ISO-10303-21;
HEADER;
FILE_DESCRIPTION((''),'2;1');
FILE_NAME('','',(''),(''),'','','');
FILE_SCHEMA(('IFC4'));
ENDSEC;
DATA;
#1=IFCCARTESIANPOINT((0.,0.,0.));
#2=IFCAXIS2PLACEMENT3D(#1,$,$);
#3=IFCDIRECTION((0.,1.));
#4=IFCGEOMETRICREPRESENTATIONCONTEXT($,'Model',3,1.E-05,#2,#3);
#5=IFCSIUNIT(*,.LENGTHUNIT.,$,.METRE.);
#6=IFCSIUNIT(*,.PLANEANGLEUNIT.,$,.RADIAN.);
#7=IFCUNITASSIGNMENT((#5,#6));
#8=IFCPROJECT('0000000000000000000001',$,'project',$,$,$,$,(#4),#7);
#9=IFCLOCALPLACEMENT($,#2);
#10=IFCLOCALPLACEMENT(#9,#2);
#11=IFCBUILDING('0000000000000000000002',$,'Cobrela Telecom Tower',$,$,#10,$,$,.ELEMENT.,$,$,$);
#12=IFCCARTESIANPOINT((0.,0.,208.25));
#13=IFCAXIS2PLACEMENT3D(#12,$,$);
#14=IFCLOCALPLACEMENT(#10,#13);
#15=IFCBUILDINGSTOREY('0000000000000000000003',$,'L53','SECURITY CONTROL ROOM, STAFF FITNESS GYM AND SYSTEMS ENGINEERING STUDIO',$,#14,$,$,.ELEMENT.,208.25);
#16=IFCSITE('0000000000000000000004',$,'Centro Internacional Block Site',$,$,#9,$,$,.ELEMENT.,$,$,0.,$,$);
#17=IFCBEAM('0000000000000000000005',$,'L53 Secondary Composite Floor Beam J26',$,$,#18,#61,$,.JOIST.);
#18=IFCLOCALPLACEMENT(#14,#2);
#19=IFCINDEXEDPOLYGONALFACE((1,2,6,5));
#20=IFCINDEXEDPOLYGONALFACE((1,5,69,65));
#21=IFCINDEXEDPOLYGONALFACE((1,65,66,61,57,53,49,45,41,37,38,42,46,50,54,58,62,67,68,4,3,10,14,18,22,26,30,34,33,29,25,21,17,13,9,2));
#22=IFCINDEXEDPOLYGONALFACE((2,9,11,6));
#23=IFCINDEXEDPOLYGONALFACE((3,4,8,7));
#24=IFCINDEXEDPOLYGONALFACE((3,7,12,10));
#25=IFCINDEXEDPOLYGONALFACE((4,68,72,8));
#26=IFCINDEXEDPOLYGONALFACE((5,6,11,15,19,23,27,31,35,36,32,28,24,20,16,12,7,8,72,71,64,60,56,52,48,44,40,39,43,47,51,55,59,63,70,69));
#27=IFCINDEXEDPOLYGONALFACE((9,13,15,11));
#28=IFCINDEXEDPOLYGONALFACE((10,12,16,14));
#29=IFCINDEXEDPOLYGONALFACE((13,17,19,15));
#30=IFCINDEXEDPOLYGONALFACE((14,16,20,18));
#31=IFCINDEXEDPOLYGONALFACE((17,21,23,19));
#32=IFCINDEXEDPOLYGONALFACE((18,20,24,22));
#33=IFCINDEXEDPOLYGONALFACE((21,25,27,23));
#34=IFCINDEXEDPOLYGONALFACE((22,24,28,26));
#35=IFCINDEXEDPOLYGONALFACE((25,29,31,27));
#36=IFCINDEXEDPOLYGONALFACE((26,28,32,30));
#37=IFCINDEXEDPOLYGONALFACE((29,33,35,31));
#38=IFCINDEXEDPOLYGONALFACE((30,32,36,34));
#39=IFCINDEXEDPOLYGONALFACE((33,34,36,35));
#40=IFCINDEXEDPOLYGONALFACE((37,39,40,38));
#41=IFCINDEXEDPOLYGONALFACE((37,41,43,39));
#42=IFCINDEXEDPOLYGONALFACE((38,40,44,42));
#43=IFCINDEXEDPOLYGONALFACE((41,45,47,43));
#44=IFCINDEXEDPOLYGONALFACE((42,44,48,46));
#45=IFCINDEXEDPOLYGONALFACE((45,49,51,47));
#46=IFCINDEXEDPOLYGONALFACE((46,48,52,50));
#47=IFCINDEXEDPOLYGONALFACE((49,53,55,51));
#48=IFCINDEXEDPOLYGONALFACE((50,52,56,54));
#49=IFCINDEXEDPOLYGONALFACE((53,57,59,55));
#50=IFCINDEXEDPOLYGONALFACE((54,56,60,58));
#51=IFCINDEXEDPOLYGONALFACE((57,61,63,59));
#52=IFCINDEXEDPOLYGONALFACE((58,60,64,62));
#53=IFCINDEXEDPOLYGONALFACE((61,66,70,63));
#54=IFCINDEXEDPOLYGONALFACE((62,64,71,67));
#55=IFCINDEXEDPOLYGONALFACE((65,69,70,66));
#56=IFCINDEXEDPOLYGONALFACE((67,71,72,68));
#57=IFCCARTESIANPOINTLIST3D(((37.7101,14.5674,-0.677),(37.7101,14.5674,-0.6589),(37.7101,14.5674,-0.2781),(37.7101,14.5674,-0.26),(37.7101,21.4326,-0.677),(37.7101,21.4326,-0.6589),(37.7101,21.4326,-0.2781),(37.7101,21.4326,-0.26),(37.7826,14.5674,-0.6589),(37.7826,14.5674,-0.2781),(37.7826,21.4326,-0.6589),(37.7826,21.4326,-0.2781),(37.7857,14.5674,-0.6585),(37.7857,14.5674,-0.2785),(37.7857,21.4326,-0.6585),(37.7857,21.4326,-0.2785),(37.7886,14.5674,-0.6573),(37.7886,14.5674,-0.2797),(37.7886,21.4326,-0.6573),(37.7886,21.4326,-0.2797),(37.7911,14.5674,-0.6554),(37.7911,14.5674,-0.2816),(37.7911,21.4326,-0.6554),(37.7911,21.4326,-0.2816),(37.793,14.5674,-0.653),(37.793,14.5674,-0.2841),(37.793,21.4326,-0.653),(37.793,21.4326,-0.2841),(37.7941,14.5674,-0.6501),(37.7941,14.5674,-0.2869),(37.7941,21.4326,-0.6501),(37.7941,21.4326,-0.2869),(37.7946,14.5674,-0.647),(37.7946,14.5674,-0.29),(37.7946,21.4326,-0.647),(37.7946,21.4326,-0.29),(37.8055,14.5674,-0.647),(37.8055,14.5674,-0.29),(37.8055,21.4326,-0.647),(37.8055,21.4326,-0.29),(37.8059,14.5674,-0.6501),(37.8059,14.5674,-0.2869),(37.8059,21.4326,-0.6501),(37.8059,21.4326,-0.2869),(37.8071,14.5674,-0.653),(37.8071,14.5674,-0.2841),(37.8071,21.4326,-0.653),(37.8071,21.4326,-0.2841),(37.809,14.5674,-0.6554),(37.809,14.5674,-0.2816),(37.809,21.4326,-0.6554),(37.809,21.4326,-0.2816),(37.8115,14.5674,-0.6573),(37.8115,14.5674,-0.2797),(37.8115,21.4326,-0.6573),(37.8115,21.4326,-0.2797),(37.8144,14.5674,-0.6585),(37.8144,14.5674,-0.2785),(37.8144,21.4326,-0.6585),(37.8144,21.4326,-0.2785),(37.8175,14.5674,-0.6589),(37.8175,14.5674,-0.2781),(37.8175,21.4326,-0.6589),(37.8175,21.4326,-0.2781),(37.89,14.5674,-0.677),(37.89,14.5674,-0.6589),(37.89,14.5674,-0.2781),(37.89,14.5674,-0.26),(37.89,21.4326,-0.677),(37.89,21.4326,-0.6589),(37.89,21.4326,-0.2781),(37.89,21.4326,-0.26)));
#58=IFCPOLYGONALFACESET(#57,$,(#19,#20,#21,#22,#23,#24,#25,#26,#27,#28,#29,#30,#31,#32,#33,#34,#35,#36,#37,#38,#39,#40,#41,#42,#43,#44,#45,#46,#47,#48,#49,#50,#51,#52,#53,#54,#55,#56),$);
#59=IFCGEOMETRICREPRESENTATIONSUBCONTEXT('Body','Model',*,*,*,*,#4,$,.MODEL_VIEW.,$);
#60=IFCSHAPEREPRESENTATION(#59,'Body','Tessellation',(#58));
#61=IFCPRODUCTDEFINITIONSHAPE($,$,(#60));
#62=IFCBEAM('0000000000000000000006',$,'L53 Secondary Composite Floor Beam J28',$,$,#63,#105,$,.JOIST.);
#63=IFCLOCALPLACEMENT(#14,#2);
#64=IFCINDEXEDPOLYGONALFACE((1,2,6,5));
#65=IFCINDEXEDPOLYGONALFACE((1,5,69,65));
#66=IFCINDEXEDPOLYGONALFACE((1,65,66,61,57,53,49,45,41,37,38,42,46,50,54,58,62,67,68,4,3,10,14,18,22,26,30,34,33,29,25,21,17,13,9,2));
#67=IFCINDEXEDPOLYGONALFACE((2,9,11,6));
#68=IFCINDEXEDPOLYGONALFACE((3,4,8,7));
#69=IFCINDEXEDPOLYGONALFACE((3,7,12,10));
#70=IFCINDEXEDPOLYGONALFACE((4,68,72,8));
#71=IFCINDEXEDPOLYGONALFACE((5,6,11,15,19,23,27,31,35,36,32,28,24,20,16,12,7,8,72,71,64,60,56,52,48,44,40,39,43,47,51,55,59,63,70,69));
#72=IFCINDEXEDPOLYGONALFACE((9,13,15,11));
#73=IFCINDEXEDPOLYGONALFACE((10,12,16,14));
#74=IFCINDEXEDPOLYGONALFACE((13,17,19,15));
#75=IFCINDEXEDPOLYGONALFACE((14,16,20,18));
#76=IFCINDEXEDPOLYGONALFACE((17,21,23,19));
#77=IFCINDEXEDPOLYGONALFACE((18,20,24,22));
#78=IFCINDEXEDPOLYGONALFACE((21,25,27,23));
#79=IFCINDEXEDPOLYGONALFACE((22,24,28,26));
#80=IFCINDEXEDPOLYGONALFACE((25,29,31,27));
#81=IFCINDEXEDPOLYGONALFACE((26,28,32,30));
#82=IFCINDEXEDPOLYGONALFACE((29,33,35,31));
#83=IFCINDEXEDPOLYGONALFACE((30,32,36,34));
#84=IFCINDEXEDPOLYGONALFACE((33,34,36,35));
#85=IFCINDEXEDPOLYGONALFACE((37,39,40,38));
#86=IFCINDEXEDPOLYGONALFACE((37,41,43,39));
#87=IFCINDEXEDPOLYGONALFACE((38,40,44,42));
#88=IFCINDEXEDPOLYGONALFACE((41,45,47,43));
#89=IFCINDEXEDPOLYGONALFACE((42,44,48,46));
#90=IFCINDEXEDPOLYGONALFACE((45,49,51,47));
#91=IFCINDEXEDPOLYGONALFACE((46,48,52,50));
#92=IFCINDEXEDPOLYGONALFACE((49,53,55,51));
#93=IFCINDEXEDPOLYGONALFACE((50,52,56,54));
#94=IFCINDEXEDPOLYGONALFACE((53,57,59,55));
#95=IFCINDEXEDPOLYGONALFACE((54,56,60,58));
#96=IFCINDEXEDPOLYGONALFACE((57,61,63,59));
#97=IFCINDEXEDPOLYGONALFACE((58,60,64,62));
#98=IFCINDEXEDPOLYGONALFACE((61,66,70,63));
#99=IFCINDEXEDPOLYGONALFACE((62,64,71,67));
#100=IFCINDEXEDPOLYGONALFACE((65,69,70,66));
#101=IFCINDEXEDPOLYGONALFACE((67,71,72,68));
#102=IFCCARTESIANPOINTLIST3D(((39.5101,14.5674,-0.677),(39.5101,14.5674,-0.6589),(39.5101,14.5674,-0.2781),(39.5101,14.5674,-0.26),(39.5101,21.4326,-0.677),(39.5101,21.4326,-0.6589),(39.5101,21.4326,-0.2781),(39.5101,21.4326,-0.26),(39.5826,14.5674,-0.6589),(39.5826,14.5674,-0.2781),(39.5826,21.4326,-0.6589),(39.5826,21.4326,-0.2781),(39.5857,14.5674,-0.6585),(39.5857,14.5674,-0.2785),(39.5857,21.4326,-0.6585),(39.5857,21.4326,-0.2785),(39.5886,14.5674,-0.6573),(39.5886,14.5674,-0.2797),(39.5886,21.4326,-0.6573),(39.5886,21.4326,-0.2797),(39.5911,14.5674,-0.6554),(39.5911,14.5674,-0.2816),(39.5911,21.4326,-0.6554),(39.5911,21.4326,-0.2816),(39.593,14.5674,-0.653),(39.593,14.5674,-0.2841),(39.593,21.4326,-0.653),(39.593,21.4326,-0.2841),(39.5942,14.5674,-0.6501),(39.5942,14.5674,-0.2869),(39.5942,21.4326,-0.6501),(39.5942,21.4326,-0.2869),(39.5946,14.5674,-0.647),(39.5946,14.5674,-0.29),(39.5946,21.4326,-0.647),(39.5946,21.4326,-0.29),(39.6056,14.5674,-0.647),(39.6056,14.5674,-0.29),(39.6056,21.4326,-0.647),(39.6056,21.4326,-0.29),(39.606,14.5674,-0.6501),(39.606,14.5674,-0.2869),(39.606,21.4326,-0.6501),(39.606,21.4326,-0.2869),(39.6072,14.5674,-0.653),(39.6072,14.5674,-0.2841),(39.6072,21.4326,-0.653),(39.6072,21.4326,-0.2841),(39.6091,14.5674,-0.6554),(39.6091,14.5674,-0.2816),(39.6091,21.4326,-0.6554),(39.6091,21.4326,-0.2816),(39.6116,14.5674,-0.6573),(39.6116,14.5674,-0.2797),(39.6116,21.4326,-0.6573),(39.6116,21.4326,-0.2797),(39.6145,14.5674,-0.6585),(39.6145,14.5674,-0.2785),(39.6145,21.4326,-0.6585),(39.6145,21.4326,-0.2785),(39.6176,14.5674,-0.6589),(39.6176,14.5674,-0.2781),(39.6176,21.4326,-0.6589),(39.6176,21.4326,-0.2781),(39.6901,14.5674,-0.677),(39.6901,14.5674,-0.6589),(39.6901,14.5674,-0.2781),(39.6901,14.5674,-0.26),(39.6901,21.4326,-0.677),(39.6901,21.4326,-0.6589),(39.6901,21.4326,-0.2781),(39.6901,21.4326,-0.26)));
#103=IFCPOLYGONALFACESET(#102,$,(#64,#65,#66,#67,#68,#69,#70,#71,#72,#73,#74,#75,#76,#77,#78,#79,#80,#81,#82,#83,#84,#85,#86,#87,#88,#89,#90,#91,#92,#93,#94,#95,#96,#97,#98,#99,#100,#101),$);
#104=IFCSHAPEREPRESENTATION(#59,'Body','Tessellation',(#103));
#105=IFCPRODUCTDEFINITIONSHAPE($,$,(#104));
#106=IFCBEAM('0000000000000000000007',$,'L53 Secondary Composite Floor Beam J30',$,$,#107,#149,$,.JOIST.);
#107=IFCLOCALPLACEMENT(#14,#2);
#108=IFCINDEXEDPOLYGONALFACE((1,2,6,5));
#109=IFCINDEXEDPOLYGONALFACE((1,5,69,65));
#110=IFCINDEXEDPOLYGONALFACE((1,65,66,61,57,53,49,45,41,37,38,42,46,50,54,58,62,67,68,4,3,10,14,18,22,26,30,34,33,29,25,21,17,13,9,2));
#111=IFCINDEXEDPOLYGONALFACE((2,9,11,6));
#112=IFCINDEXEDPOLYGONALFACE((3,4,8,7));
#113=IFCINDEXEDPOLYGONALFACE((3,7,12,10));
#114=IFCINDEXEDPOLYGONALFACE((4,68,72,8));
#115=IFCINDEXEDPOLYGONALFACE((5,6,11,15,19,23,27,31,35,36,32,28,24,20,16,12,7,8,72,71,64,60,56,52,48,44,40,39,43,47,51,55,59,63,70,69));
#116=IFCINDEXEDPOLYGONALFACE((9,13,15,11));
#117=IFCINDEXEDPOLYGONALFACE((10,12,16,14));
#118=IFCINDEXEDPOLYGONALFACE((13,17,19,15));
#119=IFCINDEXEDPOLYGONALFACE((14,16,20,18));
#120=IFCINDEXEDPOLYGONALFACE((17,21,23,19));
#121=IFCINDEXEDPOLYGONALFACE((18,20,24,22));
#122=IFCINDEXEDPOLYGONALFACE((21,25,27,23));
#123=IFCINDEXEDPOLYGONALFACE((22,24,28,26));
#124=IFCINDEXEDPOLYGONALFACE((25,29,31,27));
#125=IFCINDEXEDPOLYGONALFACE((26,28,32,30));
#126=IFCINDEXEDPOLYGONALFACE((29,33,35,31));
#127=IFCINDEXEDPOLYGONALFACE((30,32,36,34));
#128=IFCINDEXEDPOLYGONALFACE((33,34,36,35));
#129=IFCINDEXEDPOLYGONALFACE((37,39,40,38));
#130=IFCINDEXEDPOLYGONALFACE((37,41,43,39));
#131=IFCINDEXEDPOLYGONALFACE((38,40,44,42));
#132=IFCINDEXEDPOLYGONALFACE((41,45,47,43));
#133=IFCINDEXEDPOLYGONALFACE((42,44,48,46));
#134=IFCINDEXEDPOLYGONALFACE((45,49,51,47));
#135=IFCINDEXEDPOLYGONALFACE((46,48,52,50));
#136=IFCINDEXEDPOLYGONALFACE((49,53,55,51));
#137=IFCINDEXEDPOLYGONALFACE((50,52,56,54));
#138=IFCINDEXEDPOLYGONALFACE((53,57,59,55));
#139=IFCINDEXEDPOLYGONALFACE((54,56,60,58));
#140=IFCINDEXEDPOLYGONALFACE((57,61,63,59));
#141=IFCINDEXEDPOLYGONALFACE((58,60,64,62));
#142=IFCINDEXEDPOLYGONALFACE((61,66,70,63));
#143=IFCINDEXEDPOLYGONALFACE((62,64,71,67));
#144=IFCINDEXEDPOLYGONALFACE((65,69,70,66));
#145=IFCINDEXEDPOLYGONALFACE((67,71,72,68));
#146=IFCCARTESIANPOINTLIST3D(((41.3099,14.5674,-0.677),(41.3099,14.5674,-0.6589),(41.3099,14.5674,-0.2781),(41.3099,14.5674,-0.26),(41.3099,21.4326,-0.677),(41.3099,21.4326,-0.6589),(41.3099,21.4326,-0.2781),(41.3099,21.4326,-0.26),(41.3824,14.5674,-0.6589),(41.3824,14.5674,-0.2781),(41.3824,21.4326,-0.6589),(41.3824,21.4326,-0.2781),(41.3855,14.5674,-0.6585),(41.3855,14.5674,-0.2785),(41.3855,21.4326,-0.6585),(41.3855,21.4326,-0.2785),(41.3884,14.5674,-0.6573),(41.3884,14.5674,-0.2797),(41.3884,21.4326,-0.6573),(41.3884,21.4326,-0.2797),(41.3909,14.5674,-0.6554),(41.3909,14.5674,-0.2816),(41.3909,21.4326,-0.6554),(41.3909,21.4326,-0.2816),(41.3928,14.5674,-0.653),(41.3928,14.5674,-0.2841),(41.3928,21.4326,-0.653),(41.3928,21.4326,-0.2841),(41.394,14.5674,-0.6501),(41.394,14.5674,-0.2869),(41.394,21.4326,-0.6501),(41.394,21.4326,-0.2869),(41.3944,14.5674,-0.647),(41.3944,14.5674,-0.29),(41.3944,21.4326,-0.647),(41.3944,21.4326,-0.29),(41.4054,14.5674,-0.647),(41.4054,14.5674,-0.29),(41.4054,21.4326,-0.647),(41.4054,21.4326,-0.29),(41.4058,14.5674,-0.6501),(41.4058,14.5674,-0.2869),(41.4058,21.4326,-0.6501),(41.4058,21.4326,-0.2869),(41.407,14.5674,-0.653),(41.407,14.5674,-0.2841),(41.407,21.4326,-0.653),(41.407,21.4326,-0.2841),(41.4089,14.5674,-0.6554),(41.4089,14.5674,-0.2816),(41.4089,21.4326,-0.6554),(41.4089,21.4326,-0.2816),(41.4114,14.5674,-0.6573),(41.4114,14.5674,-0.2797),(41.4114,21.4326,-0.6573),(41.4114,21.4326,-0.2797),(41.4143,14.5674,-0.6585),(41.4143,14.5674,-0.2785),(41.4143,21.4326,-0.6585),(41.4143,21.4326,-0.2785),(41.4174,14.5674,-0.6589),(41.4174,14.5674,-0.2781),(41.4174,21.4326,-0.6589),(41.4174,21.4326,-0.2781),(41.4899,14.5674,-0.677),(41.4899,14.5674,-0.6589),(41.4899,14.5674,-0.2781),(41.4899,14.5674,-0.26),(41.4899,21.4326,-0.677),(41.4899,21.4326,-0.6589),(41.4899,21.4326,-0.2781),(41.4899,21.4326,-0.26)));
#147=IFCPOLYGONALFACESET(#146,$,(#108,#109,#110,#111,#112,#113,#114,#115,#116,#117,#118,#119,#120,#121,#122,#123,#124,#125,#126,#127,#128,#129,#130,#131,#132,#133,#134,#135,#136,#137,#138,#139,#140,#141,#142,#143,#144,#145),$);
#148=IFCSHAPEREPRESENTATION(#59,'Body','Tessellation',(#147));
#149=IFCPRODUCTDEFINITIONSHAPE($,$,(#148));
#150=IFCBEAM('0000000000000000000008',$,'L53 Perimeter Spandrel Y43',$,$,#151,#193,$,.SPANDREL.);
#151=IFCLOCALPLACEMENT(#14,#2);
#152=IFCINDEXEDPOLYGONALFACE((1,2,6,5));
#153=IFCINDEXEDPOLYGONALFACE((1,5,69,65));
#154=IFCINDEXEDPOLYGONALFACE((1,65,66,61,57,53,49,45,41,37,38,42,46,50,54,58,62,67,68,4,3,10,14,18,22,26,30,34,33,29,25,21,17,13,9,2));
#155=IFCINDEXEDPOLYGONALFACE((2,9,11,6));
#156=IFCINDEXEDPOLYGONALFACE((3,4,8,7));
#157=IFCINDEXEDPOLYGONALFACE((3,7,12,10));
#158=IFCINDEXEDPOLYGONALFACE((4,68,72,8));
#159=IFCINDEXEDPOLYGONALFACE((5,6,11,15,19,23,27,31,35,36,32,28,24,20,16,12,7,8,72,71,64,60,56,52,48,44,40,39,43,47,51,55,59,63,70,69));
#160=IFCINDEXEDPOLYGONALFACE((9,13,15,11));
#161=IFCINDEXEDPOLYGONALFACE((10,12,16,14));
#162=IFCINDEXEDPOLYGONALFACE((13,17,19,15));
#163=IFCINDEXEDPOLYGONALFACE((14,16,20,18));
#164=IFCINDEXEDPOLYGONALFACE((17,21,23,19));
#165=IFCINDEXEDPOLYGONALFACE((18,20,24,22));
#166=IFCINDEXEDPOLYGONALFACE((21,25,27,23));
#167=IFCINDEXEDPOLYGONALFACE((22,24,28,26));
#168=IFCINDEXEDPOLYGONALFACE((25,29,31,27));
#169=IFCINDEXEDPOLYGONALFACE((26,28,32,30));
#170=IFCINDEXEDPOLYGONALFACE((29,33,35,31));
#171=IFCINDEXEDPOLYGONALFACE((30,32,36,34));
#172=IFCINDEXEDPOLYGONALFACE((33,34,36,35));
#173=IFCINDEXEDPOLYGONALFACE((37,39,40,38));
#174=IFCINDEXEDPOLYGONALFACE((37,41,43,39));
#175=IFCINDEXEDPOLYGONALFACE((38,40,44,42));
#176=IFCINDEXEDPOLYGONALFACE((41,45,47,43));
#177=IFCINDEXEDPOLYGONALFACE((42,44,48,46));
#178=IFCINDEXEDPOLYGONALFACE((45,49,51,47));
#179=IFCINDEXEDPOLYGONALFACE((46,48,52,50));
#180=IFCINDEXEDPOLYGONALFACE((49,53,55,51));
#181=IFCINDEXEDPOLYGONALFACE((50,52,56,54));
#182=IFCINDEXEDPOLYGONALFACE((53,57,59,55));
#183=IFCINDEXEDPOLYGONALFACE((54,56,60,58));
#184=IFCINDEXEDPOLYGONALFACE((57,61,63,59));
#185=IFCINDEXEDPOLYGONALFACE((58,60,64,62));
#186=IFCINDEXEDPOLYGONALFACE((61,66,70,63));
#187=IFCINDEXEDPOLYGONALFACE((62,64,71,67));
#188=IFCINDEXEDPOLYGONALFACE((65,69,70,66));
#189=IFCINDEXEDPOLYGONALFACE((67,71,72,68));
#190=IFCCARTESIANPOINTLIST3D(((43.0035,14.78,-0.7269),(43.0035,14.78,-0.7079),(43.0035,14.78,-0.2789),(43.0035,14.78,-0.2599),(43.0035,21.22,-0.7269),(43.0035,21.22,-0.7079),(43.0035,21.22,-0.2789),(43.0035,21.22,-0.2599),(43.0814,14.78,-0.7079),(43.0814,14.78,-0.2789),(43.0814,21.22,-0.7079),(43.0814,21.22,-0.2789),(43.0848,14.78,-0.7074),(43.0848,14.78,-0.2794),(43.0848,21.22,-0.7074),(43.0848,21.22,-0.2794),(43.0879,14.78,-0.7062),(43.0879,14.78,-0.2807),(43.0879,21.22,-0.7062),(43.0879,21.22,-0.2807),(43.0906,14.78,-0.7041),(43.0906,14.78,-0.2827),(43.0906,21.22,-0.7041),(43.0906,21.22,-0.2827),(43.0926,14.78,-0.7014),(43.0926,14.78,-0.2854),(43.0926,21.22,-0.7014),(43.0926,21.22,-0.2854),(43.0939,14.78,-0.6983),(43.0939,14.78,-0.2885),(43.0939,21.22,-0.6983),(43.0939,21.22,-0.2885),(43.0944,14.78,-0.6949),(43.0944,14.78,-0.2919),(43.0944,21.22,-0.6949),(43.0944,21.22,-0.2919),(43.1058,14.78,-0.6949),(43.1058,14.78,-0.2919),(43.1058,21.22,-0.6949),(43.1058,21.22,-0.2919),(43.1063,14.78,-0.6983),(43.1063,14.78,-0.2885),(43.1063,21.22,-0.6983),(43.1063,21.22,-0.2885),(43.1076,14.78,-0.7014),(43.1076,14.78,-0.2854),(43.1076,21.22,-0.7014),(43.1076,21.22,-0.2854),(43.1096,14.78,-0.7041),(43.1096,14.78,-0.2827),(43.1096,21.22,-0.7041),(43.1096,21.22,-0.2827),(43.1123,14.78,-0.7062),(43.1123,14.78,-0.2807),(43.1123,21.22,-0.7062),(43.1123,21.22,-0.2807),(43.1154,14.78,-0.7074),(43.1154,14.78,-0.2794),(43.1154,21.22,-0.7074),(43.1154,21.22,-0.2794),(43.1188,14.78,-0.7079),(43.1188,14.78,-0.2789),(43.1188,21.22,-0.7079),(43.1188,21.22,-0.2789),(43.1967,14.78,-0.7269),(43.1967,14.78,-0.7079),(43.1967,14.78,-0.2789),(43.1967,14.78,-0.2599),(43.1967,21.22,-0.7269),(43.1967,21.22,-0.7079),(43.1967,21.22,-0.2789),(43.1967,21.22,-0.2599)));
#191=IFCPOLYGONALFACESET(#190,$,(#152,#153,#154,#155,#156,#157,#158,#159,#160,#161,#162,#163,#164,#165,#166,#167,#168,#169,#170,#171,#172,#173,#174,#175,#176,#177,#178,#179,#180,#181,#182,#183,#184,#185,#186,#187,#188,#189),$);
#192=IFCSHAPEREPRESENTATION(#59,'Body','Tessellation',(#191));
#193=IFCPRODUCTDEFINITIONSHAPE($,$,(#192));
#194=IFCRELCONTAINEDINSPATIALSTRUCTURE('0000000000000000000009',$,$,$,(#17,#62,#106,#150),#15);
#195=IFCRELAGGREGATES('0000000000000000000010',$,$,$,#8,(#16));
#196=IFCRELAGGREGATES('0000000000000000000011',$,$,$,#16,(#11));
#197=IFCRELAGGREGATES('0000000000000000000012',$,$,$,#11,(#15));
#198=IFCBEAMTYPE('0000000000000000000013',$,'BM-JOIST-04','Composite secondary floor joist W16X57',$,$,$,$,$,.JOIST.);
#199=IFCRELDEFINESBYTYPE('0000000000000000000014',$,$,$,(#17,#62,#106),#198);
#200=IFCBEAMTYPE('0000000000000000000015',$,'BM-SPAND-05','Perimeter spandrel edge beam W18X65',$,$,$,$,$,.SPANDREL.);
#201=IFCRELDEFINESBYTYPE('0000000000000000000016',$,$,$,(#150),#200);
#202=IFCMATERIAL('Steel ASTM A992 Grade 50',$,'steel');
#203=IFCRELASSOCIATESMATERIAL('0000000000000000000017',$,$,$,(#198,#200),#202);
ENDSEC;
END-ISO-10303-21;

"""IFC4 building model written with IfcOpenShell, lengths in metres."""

from ifc_helpers import new_model, si_unit, direction, frame, origin, origin_2d, place, context, subcontext, project, spatial, i_section, extrude, material, material_profile, profile_set, type_object, element, save


model = new_model("IFC4")

# Units and contexts
model_context = context("Model", 3, precision=1e-05, world=origin(), true_north=direction((0.0, 1.0)))
body_context = subcontext(model_context, "Body", "Model", "MODEL_VIEW")
ifc_project = project(units=[si_unit("LENGTHUNIT", "METRE"), si_unit("PLANEANGLEUNIT", "RADIAN")], contexts=[model_context])

# Site, building, storey
site_placement = place(None, origin())
site = spatial("IfcSite", under=ifc_project, at=site_placement, Name="Centro Internacional Block Site", CompositionType="ELEMENT", RefElevation=0.0)
building_placement = place(site_placement, origin())
building = spatial("IfcBuilding", under=site, at=building_placement, Name="Cobrela Telecom Tower", CompositionType="ELEMENT")
storey_placement = place(building_placement, frame((0.0, 0.0, 208.25)))
storey = spatial("IfcBuildingStorey", under=building, at=storey_placement, Name="L53", Description="SECURITY CONTROL ROOM, STAFF FITNESS GYM AND SYSTEMS ENGINEERING STUDIO", CompositionType="ELEMENT", Elevation=208.25)

# Shared definitions
ifc_material_1 = material(Name="Steel ASTM A992 Grade 50", Category="steel")

# Beams
ifc_material_profile_1 = material_profile(ifc_material_1, i_section(OverallWidth=0.1799, OverallDepth=0.417, WebThickness=0.011, FlangeThickness=0.0181, FilletRadius=0.012, at=origin_2d()), Name="W16X57")
ifc_profile_set_1 = profile_set([ifc_material_profile_1], Name="Steel ASTM A992 Grade 50")
beam_type_1 = type_object("IfcBeamType", Name="BM-JOIST-04", Description="Composite secondary floor joist W16X57", PredefinedType="JOIST", material=ifc_profile_set_1)
for number, where, z_axis, x_axis, name in (
    (1, (37.8, 14.5674, -0.4685), (0.0, 1.0, 0.0), (-1.0, 0.0, 0.0), "L53 Secondary Composite Floor Beam J26"),
    (2, (39.6001, 14.5674, -0.4685), (0.0, 1.0, 0.0), (-1.0, 0.0, 0.0), "L53 Secondary Composite Floor Beam J28"),
    (3, (41.3999, 14.5674, -0.4685), (0.0, 1.0, 0.0), (-1.0, 0.0, 0.0), "L53 Secondary Composite Floor Beam J30"),
):
    element("IfcBeam", number, at=place(storey_placement, frame(where, z_axis=z_axis, x_axis=x_axis)), inside=storey, type_object=beam_type_1, Name=name, PredefinedType="JOIST", context=body_context, shape_type="SweptSolid", body=[
        extrude(i_section(OverallWidth=0.1799, OverallDepth=0.417, WebThickness=0.011, FlangeThickness=0.0181, FilletRadius=0.012, at=origin_2d()), origin(), (0.0, 0.0, 1.0), 6.8652),
    ])
ifc_material_profile_2 = material_profile(ifc_material_1, i_section(OverallWidth=0.1931, OverallDepth=0.467, WebThickness=0.0115, FlangeThickness=0.019, FilletRadius=0.0129, at=origin_2d()), Name="W18X65")
ifc_profile_set_2 = profile_set([ifc_material_profile_2], Name="Steel ASTM A992 Grade 50")
beam_type_2 = type_object("IfcBeamType", Name="BM-SPAND-05", Description="Perimeter spandrel edge beam W18X65", PredefinedType="SPANDREL", material=ifc_profile_set_2)
beam_1_placement = place(storey_placement, frame((43.1001, 14.78, -0.4934), z_axis=(0.0, 1.0, 0.0), x_axis=(-1.0, 0.0, 0.0)))
element("IfcBeam", 4, at=beam_1_placement, inside=storey, type_object=beam_type_2, Name="L53 Perimeter Spandrel Y43", PredefinedType="SPANDREL", context=body_context, shape_type="SweptSolid", body=[
    extrude(i_section(OverallWidth=0.1931, OverallDepth=0.467, WebThickness=0.0115, FlangeThickness=0.019, FilletRadius=0.0129, at=origin_2d()), origin(), (0.0, 0.0, 1.0), 6.4399),
])

save(model, "model.ifc")
